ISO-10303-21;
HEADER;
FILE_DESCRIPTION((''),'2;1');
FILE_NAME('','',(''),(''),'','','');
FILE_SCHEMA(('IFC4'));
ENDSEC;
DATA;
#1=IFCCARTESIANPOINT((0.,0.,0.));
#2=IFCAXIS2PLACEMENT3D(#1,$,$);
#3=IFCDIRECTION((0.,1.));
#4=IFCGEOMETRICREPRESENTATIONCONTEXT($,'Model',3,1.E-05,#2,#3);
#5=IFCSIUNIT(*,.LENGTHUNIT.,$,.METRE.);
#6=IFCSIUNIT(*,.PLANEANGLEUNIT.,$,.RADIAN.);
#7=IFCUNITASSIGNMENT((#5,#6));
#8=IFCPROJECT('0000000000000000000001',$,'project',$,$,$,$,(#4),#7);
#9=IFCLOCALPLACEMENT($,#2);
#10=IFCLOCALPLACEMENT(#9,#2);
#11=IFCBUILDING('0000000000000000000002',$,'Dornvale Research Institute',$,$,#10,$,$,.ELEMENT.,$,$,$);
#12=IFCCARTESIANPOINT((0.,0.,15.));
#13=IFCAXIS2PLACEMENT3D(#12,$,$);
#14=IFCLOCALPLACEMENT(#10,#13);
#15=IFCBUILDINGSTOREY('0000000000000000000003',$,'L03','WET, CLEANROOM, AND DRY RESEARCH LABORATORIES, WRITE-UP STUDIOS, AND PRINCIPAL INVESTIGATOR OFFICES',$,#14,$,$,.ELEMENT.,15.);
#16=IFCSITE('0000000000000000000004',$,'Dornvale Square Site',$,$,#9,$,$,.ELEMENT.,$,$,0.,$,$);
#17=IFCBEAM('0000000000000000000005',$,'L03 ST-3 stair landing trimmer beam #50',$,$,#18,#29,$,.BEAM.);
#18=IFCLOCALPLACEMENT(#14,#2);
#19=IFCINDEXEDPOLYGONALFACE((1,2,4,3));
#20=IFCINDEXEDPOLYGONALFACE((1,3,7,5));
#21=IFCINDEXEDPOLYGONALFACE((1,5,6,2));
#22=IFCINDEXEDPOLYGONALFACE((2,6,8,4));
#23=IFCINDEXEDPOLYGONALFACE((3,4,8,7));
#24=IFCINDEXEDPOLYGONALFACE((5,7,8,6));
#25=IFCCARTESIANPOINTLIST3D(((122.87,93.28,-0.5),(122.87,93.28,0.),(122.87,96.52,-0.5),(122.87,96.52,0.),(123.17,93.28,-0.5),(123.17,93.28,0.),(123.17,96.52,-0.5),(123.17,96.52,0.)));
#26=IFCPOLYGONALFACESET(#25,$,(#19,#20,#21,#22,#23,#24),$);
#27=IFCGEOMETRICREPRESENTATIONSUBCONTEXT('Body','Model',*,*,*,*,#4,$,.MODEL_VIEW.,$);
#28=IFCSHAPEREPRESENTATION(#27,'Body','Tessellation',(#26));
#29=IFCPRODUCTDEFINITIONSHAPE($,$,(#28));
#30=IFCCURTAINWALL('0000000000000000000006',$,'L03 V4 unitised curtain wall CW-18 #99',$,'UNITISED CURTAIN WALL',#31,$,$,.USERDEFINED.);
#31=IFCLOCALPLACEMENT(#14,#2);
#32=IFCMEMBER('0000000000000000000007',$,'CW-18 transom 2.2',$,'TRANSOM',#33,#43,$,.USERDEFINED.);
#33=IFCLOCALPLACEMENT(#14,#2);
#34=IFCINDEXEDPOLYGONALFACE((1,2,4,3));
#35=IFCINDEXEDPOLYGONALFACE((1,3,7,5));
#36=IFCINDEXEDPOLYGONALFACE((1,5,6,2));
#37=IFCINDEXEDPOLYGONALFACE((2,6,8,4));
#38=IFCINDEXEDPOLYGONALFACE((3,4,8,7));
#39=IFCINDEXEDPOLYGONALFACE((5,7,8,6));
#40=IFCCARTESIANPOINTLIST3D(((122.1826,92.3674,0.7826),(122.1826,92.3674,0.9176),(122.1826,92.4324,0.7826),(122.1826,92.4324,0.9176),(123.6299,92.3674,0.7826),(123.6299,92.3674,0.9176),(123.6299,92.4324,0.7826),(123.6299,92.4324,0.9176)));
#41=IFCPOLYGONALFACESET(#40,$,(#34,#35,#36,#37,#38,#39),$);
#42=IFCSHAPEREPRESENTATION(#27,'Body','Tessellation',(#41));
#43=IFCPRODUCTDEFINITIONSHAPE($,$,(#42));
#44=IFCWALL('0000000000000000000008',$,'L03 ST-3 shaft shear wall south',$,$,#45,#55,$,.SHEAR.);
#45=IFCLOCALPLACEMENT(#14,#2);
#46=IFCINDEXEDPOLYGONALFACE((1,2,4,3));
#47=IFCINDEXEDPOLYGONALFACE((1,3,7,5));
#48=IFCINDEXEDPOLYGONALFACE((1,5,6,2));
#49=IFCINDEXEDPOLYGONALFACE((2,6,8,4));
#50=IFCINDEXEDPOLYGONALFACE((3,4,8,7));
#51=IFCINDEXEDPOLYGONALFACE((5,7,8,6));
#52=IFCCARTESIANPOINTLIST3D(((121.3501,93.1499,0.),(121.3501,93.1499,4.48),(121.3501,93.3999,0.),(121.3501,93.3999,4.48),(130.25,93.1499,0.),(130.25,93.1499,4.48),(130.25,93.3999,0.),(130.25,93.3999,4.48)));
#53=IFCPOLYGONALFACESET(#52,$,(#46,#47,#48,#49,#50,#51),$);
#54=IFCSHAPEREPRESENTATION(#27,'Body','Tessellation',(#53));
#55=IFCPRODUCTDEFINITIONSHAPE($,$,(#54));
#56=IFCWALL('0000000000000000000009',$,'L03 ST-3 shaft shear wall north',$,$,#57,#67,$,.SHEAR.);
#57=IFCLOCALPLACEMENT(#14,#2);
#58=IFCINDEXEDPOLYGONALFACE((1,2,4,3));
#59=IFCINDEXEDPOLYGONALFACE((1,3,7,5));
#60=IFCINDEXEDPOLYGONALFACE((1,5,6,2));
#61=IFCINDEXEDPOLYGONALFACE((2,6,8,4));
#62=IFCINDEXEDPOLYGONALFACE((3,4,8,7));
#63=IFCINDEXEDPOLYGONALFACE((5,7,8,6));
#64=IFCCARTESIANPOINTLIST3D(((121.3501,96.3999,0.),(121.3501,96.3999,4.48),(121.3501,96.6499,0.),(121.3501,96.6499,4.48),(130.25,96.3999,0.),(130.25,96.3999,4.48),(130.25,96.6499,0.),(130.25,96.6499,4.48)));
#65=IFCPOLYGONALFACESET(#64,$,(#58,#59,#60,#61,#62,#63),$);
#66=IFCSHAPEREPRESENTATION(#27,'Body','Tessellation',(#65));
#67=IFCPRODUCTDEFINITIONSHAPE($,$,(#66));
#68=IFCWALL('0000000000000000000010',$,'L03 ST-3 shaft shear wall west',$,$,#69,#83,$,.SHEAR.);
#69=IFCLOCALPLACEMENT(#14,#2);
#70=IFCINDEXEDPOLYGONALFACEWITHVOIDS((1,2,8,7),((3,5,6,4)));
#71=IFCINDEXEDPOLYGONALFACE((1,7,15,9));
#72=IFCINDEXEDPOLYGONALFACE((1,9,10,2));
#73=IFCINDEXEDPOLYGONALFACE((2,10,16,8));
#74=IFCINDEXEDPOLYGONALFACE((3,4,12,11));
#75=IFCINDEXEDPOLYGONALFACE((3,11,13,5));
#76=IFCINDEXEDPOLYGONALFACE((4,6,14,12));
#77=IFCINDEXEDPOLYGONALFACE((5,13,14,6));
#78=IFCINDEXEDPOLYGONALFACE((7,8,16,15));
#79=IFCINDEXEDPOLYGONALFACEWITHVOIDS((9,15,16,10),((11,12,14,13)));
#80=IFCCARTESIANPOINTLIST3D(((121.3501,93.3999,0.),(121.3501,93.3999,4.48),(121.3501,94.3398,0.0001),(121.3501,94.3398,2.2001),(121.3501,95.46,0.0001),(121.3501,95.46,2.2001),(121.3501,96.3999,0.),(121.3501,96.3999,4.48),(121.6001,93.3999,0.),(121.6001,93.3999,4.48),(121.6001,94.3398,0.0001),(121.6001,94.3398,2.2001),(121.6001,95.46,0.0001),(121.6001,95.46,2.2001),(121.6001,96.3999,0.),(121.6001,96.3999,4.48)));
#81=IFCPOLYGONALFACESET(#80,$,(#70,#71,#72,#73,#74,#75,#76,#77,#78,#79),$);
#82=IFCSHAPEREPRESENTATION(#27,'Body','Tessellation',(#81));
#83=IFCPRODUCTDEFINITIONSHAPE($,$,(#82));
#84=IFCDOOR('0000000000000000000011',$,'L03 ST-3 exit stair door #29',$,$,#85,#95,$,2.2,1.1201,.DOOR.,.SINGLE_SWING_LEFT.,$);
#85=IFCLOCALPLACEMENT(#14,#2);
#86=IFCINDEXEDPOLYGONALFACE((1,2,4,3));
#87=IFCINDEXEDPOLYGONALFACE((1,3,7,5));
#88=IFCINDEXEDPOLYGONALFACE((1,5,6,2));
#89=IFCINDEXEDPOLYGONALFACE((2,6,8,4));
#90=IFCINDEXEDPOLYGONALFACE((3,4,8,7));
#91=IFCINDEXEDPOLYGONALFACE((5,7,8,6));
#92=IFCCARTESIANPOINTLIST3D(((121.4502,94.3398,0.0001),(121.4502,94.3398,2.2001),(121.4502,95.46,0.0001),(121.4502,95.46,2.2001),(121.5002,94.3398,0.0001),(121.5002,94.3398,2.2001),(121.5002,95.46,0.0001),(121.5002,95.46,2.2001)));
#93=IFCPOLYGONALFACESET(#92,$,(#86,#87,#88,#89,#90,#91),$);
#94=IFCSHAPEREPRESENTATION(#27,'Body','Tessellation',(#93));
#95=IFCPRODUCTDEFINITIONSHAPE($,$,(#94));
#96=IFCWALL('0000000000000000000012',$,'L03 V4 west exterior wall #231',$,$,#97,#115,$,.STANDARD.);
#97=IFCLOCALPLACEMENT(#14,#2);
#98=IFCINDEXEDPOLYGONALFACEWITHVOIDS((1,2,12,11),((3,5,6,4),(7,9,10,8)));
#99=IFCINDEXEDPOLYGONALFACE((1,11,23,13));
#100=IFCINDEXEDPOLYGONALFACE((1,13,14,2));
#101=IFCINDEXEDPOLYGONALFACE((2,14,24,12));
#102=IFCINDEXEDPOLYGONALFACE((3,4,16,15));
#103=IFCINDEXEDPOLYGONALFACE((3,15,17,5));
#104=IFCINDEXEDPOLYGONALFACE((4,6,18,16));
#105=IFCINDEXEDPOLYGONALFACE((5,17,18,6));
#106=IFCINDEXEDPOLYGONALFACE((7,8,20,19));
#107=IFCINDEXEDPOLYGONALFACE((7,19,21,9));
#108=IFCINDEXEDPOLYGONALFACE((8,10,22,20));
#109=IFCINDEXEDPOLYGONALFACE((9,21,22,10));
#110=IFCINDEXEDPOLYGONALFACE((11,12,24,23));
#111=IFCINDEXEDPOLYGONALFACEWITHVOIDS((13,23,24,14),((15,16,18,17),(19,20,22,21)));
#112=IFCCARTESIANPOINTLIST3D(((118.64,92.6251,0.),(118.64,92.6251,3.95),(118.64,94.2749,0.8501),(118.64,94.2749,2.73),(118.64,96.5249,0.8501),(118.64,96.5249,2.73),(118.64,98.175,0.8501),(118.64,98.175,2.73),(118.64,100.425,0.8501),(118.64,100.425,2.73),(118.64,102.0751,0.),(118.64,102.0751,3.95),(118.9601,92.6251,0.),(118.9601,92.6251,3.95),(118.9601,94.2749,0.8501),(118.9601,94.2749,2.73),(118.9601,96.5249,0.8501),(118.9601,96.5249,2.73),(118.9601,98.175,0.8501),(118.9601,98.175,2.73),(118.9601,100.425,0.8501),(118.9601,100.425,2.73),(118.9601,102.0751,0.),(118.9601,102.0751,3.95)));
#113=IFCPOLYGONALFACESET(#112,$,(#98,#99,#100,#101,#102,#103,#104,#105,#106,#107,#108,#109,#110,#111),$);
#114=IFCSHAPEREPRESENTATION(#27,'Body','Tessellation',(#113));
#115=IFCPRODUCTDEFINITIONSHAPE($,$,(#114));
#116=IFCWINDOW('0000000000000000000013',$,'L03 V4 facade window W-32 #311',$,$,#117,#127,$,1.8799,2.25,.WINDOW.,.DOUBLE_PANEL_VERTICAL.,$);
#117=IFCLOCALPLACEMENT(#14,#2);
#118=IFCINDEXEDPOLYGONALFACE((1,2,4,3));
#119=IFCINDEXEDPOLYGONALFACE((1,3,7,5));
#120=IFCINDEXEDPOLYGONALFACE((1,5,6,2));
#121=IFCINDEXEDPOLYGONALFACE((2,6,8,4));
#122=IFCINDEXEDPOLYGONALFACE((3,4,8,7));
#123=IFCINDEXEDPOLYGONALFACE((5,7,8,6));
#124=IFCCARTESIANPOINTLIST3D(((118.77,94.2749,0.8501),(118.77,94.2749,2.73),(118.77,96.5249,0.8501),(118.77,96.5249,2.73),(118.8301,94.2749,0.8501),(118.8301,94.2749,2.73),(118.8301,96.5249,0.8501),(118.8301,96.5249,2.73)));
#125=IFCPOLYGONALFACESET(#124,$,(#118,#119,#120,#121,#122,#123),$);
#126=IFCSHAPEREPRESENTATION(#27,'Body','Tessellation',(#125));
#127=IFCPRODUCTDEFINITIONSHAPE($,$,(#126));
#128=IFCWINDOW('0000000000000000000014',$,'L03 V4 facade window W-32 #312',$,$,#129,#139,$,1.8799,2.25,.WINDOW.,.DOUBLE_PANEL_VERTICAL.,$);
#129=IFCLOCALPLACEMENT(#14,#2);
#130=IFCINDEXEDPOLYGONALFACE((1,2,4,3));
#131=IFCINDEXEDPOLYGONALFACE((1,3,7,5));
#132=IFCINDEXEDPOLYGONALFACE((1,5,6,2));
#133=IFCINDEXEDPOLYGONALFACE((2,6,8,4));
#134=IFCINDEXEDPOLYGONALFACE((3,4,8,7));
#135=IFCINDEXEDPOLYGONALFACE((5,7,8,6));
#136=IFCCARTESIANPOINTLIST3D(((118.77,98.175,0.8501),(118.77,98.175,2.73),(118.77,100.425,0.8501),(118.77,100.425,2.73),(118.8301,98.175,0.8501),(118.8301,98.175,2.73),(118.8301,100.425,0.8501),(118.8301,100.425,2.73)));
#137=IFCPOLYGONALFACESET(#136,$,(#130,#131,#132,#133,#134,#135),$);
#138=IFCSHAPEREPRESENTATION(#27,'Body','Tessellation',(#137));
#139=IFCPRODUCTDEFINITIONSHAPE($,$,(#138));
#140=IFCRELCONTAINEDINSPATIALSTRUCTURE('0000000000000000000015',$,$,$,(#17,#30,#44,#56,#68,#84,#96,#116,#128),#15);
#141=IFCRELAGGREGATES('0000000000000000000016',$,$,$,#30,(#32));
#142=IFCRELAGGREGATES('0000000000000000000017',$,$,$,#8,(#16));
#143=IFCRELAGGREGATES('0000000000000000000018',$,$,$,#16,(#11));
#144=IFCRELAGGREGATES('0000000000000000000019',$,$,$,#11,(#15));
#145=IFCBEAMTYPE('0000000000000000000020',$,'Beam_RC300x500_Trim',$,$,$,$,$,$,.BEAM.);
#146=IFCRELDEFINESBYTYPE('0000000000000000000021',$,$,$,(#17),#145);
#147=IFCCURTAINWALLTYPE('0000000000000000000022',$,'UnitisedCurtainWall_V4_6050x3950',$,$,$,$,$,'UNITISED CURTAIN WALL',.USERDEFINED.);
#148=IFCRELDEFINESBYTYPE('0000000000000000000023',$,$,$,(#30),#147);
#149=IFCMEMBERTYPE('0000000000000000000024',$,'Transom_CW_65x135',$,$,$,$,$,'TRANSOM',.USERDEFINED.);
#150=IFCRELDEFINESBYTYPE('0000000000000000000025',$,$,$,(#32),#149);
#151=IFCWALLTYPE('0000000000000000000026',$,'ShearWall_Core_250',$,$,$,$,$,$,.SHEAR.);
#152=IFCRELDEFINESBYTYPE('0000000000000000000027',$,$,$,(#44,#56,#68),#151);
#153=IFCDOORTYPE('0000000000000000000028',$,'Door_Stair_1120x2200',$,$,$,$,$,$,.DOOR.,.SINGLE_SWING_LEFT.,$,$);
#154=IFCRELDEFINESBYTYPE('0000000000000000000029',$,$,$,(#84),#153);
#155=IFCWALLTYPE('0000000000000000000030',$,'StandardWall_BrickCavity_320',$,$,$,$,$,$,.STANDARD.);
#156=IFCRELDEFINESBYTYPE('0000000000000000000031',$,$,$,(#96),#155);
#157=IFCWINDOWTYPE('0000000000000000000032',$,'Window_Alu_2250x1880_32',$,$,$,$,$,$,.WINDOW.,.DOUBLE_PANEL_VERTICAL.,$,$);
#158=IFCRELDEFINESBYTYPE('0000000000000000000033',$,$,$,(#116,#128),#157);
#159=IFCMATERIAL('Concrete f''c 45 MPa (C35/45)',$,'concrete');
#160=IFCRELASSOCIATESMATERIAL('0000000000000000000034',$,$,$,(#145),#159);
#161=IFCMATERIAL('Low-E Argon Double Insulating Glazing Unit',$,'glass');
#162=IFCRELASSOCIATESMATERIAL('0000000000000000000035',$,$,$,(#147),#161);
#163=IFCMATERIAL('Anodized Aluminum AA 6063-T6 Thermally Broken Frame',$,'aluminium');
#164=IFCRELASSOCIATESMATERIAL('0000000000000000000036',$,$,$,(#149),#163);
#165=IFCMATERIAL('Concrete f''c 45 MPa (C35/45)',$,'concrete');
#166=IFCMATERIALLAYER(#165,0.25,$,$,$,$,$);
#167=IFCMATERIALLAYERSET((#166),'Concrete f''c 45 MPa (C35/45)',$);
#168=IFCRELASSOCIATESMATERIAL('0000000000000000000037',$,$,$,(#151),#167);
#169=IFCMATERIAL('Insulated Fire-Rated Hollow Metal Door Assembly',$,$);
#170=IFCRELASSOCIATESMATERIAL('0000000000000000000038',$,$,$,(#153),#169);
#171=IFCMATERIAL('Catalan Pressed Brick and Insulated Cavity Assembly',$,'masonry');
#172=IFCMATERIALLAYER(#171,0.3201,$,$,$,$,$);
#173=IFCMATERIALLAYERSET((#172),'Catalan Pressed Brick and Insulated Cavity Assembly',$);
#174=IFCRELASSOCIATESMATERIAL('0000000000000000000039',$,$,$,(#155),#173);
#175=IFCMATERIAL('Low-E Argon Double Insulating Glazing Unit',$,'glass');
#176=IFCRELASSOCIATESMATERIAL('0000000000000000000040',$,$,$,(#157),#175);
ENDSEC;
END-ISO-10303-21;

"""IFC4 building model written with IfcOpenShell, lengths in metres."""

from ifc_helpers import new_model, si_unit, direction, frame, frame_2d, origin, origin_2d, place, context, subcontext, project, spatial, rectangle, extrude, material, layer, layer_set, material_profile, profile_set, type_object, element, fill, aggregate, save


model = new_model("IFC4")

# Units and contexts
model_context = context("Model", 3, precision=1e-05, world=origin(), true_north=direction((0.0, 1.0)))
body_context = subcontext(model_context, "Body", "Model", "MODEL_VIEW")
ifc_project = project(units=[si_unit("LENGTHUNIT", "METRE"), si_unit("PLANEANGLEUNIT", "RADIAN")], contexts=[model_context])

# Site, building, storey
site_placement = place(None, origin())
site = spatial("IfcSite", under=ifc_project, at=site_placement, Name="Dornvale Square Site", CompositionType="ELEMENT", RefElevation=0.0)
building_placement = place(site_placement, origin())
building = spatial("IfcBuilding", under=site, at=building_placement, Name="Dornvale Research Institute", CompositionType="ELEMENT")
storey_placement = place(building_placement, frame((0.0, 0.0, 15.0)))
storey = spatial("IfcBuildingStorey", under=building, at=storey_placement, Name="L03", Description="WET, CLEANROOM, AND DRY RESEARCH LABORATORIES, WRITE-UP STUDIOS, AND PRINCIPAL INVESTIGATOR OFFICES", CompositionType="ELEMENT", Elevation=15.0)

# Beam
ifc_material_1 = material(Name="Concrete f'c 45 MPa (C35/45)", Category="concrete")
ifc_material_profile_1 = material_profile(ifc_material_1, rectangle(XDim=0.3, YDim=0.5, at=origin_2d()), Name="RC 300x500")
ifc_profile_set_1 = profile_set([ifc_material_profile_1], Name="Concrete f'c 45 MPa (C35/45)")
beam_type = type_object("IfcBeamType", Name="Beam_RC300x500_Trim", PredefinedType="BEAM", material=ifc_profile_set_1)
beam_placement = place(storey_placement, frame((123.02, 93.28, -0.25), z_axis=(0.0, 1.0, 0.0), x_axis=(-1.0, 0.0, 0.0)))
element("IfcBeam", 1, at=beam_placement, inside=storey, type_object=beam_type, Name="L03 ST-3 stair landing trimmer beam #50", PredefinedType="BEAM", context=body_context, shape_type="SweptSolid", body=[
    extrude(rectangle(XDim=0.3, YDim=0.5, at=origin_2d()), origin(), (0.0, 0.0, 1.0), 3.24),
])

# Curtain wall, member
ifc_material_2 = material(Name="Low-E Argon Double Insulating Glazing Unit", Category="glass")
curtain_wall_type = type_object("IfcCurtainWallType", Name="UnitisedCurtainWall_V4_6050x3950", ElementType="UNITISED CURTAIN WALL", PredefinedType="USERDEFINED", material=ifc_material_2)
curtain_wall_placement = place(storey_placement, origin())
curtain_wall = element("IfcCurtainWall", 2, at=curtain_wall_placement, inside=storey, type_object=curtain_wall_type, Name="L03 V4 unitised curtain wall CW-18 #99", ObjectType="UNITISED CURTAIN WALL", PredefinedType="USERDEFINED")
ifc_material_3 = material(Name="Anodized Aluminum AA 6063-T6 Thermally Broken Frame", Category="aluminium")
ifc_material_profile_2 = material_profile(ifc_material_3, rectangle(XDim=0.0649, YDim=0.135, at=origin_2d()), Name="ALU TRANSOM 65x135")
ifc_profile_set_2 = profile_set([ifc_material_profile_2], Name="Anodized Aluminum AA 6063-T6 Thermally Broken Frame")
member_type = type_object("IfcMemberType", Name="Transom_CW_65x135", ElementType="TRANSOM", PredefinedType="USERDEFINED", material=ifc_profile_set_2)
member_placement = place(storey_placement, frame((123.6299, 92.3999, 0.8501), z_axis=(-1.0, 0.0, 0.0), x_axis=(0.0, -1.0, 0.0)))
member = element("IfcMember", 3, at=member_placement, type_object=member_type, Name="CW-18 transom 2.2", ObjectType="TRANSOM", PredefinedType="USERDEFINED", context=body_context, shape_type="SweptSolid", body=[
    extrude(rectangle(XDim=0.0649, YDim=0.135, at=origin_2d()), origin(), (0.0, 0.0, 1.0), 1.4473),
])
aggregate(curtain_wall, [member])

# Walls
ifc_material_4 = material(Name="Concrete f'c 45 MPa (C35/45)", Category="concrete")
ifc_layer_1 = layer(ifc_material_4, 0.25)
ifc_layer_set_1 = layer_set([ifc_layer_1], Name="Concrete f'c 45 MPa (C35/45)")
wall_type_1 = type_object("IfcWallType", Name="ShearWall_Core_250", PredefinedType="SHEAR", material=ifc_layer_set_1)
for number, where, z_axis, x_axis, name in (
    (4, (121.3501, 93.2749, 0.0), (0.0, 0.0, 1.0), (1.0, 0.0, 0.0), "L03 ST-3 shaft shear wall south"),
    (5, (121.3501, 96.5249, 0.0), (0.0, 0.0, 1.0), (1.0, 0.0, 0.0), "L03 ST-3 shaft shear wall north"),
):
    element("IfcWall", number, at=place(storey_placement, frame(where, z_axis=z_axis, x_axis=x_axis)), inside=storey, type_object=wall_type_1, Name=name, PredefinedType="SHEAR", context=body_context, shape_type="SweptSolid", body=[
        extrude(rectangle(XDim=8.8999, YDim=0.25, at=frame_2d((4.45, 0.0))), origin(), (0.0, 0.0, 1.0), 4.48),
    ])

# Wall, opening, door
wall_1_placement = place(storey_placement, frame((121.4751, 93.3999, 0.0), z_axis=(0.0, 0.0, 1.0), x_axis=(0.0, 1.0, 0.0)))
wall_1 = element("IfcWall", 6, at=wall_1_placement, inside=storey, type_object=wall_type_1, Name="L03 ST-3 shaft shear wall west", PredefinedType="SHEAR", context=body_context, shape_type="SweptSolid", body=[
    extrude(rectangle(XDim=3.0, YDim=0.25, at=frame_2d((1.5, 0.0))), origin(), (0.0, 0.0, 1.0), 4.48),
])
opening_1_placement = place(wall_1_placement, frame((0.9399, 0.0, 0.0)))
opening_1 = element("IfcOpeningElement", 7, at=opening_1_placement, cuts=wall_1, PredefinedType="OPENING", context=body_context, shape_type="SweptSolid", body=[
    extrude(rectangle(XDim=1.1201, YDim=2.2, at=frame_2d((0.5601, 1.1001))), frame((0.0, 0.1399, 0.0), z_axis=(0.0, -1.0, 0.0), x_axis=(1.0, 0.0, 0.0)), (0.0, 0.0, 1.0), 0.28),
])
ifc_material_5 = material(Name="Insulated Fire-Rated Hollow Metal Door Assembly")
door_type = type_object("IfcDoorType", Name="Door_Stair_1120x2200", OperationType="SINGLE_SWING_LEFT", PredefinedType="DOOR", material=ifc_material_5)
door_placement = place(opening_1_placement, origin())
door = element("IfcDoor", 8, at=door_placement, inside=storey, type_object=door_type, Name="L03 ST-3 exit stair door #29", OperationType="SINGLE_SWING_LEFT", OverallHeight=2.2, OverallWidth=1.1201, PredefinedType="DOOR", context=body_context, shape_type="SweptSolid", body=[
    extrude(rectangle(XDim=1.1201, YDim=2.2, at=frame_2d((0.5601, 1.1001))), frame((0.0, 0.0249, 0.0), z_axis=(0.0, -1.0, 0.0), x_axis=(1.0, 0.0, 0.0)), (0.0, 0.0, 1.0), 0.05),
])
fill(opening_1, door)

# Wall, openings, windows
ifc_material_6 = material(Name="Catalan Pressed Brick and Insulated Cavity Assembly", Category="masonry")
ifc_layer_2 = layer(ifc_material_6, 0.3201)
ifc_layer_set_2 = layer_set([ifc_layer_2], Name="Catalan Pressed Brick and Insulated Cavity Assembly")
wall_type_2 = type_object("IfcWallType", Name="StandardWall_BrickCavity_320", PredefinedType="STANDARD", material=ifc_layer_set_2)
wall_2_placement = place(storey_placement, frame((118.8, 92.625, 0.0), z_axis=(0.0, 0.0, 1.0), x_axis=(0.0, 1.0, 0.0)))
wall_2 = element("IfcWall", 9, at=wall_2_placement, inside=storey, type_object=wall_type_2, Name="L03 V4 west exterior wall #231", PredefinedType="STANDARD", context=body_context, shape_type="SweptSolid", body=[
    extrude(rectangle(XDim=9.45, YDim=0.3201, at=frame_2d((4.7251, 0.0))), origin(), (0.0, 0.0, 1.0), 3.95),
])
opening_2_placement = place(wall_2_placement, frame((1.6499, 0.0, 0.8501)))
opening_2 = element("IfcOpeningElement", 10, at=opening_2_placement, cuts=wall_2, PredefinedType="OPENING", context=body_context, shape_type="SweptSolid", body=[
    extrude(rectangle(XDim=2.25, YDim=1.8799, at=frame_2d((1.125, 0.9399))), frame((0.0, 0.175, 0.0), z_axis=(0.0, -1.0, 0.0), x_axis=(1.0, 0.0, 0.0)), (0.0, 0.0, 1.0), 0.3501),
])
opening_3_placement = place(wall_2_placement, frame((5.55, 0.0, 0.8501)))
opening_3 = element("IfcOpeningElement", 11, at=opening_3_placement, cuts=wall_2, PredefinedType="OPENING", context=body_context, shape_type="SweptSolid", body=[
    extrude(rectangle(XDim=2.25, YDim=1.8799, at=frame_2d((1.125, 0.9399))), frame((0.0, 0.175, 0.0), z_axis=(0.0, -1.0, 0.0), x_axis=(1.0, 0.0, 0.0)), (0.0, 0.0, 1.0), 0.3501),
])
ifc_material_7 = material(Name="Low-E Argon Double Insulating Glazing Unit", Category="glass")
window_type = type_object("IfcWindowType", Name="Window_Alu_2250x1880_32", PartitioningType="DOUBLE_PANEL_VERTICAL", PredefinedType="WINDOW", material=ifc_material_7)
window_1_placement = place(opening_2_placement, origin())
window_1 = element("IfcWindow", 12, at=window_1_placement, inside=storey, type_object=window_type, Name="L03 V4 facade window W-32 #311", OverallHeight=1.8799, OverallWidth=2.25, PartitioningType="DOUBLE_PANEL_VERTICAL", PredefinedType="WINDOW", context=body_context, shape_type="SweptSolid", body=[
    extrude(rectangle(XDim=2.25, YDim=1.8799, at=frame_2d((1.125, 0.9399))), frame((0.0, 0.03, 0.0), z_axis=(0.0, -1.0, 0.0), x_axis=(1.0, 0.0, 0.0)), (0.0, 0.0, 1.0), 0.0601),
])
fill(opening_2, window_1)
window_2_placement = place(opening_3_placement, origin())
window_2 = element("IfcWindow", 13, at=window_2_placement, inside=storey, type_object=window_type, Name="L03 V4 facade window W-32 #312", OverallHeight=1.8799, OverallWidth=2.25, PartitioningType="DOUBLE_PANEL_VERTICAL", PredefinedType="WINDOW", context=body_context, shape_type="SweptSolid", body=[
    extrude(rectangle(XDim=2.25, YDim=1.8799, at=frame_2d((1.125, 0.9399))), frame((0.0, 0.03, 0.0), z_axis=(0.0, -1.0, 0.0), x_axis=(1.0, 0.0, 0.0)), (0.0, 0.0, 1.0), 0.0601),
])
fill(opening_3, window_2)

save(model, "model.ifc")
